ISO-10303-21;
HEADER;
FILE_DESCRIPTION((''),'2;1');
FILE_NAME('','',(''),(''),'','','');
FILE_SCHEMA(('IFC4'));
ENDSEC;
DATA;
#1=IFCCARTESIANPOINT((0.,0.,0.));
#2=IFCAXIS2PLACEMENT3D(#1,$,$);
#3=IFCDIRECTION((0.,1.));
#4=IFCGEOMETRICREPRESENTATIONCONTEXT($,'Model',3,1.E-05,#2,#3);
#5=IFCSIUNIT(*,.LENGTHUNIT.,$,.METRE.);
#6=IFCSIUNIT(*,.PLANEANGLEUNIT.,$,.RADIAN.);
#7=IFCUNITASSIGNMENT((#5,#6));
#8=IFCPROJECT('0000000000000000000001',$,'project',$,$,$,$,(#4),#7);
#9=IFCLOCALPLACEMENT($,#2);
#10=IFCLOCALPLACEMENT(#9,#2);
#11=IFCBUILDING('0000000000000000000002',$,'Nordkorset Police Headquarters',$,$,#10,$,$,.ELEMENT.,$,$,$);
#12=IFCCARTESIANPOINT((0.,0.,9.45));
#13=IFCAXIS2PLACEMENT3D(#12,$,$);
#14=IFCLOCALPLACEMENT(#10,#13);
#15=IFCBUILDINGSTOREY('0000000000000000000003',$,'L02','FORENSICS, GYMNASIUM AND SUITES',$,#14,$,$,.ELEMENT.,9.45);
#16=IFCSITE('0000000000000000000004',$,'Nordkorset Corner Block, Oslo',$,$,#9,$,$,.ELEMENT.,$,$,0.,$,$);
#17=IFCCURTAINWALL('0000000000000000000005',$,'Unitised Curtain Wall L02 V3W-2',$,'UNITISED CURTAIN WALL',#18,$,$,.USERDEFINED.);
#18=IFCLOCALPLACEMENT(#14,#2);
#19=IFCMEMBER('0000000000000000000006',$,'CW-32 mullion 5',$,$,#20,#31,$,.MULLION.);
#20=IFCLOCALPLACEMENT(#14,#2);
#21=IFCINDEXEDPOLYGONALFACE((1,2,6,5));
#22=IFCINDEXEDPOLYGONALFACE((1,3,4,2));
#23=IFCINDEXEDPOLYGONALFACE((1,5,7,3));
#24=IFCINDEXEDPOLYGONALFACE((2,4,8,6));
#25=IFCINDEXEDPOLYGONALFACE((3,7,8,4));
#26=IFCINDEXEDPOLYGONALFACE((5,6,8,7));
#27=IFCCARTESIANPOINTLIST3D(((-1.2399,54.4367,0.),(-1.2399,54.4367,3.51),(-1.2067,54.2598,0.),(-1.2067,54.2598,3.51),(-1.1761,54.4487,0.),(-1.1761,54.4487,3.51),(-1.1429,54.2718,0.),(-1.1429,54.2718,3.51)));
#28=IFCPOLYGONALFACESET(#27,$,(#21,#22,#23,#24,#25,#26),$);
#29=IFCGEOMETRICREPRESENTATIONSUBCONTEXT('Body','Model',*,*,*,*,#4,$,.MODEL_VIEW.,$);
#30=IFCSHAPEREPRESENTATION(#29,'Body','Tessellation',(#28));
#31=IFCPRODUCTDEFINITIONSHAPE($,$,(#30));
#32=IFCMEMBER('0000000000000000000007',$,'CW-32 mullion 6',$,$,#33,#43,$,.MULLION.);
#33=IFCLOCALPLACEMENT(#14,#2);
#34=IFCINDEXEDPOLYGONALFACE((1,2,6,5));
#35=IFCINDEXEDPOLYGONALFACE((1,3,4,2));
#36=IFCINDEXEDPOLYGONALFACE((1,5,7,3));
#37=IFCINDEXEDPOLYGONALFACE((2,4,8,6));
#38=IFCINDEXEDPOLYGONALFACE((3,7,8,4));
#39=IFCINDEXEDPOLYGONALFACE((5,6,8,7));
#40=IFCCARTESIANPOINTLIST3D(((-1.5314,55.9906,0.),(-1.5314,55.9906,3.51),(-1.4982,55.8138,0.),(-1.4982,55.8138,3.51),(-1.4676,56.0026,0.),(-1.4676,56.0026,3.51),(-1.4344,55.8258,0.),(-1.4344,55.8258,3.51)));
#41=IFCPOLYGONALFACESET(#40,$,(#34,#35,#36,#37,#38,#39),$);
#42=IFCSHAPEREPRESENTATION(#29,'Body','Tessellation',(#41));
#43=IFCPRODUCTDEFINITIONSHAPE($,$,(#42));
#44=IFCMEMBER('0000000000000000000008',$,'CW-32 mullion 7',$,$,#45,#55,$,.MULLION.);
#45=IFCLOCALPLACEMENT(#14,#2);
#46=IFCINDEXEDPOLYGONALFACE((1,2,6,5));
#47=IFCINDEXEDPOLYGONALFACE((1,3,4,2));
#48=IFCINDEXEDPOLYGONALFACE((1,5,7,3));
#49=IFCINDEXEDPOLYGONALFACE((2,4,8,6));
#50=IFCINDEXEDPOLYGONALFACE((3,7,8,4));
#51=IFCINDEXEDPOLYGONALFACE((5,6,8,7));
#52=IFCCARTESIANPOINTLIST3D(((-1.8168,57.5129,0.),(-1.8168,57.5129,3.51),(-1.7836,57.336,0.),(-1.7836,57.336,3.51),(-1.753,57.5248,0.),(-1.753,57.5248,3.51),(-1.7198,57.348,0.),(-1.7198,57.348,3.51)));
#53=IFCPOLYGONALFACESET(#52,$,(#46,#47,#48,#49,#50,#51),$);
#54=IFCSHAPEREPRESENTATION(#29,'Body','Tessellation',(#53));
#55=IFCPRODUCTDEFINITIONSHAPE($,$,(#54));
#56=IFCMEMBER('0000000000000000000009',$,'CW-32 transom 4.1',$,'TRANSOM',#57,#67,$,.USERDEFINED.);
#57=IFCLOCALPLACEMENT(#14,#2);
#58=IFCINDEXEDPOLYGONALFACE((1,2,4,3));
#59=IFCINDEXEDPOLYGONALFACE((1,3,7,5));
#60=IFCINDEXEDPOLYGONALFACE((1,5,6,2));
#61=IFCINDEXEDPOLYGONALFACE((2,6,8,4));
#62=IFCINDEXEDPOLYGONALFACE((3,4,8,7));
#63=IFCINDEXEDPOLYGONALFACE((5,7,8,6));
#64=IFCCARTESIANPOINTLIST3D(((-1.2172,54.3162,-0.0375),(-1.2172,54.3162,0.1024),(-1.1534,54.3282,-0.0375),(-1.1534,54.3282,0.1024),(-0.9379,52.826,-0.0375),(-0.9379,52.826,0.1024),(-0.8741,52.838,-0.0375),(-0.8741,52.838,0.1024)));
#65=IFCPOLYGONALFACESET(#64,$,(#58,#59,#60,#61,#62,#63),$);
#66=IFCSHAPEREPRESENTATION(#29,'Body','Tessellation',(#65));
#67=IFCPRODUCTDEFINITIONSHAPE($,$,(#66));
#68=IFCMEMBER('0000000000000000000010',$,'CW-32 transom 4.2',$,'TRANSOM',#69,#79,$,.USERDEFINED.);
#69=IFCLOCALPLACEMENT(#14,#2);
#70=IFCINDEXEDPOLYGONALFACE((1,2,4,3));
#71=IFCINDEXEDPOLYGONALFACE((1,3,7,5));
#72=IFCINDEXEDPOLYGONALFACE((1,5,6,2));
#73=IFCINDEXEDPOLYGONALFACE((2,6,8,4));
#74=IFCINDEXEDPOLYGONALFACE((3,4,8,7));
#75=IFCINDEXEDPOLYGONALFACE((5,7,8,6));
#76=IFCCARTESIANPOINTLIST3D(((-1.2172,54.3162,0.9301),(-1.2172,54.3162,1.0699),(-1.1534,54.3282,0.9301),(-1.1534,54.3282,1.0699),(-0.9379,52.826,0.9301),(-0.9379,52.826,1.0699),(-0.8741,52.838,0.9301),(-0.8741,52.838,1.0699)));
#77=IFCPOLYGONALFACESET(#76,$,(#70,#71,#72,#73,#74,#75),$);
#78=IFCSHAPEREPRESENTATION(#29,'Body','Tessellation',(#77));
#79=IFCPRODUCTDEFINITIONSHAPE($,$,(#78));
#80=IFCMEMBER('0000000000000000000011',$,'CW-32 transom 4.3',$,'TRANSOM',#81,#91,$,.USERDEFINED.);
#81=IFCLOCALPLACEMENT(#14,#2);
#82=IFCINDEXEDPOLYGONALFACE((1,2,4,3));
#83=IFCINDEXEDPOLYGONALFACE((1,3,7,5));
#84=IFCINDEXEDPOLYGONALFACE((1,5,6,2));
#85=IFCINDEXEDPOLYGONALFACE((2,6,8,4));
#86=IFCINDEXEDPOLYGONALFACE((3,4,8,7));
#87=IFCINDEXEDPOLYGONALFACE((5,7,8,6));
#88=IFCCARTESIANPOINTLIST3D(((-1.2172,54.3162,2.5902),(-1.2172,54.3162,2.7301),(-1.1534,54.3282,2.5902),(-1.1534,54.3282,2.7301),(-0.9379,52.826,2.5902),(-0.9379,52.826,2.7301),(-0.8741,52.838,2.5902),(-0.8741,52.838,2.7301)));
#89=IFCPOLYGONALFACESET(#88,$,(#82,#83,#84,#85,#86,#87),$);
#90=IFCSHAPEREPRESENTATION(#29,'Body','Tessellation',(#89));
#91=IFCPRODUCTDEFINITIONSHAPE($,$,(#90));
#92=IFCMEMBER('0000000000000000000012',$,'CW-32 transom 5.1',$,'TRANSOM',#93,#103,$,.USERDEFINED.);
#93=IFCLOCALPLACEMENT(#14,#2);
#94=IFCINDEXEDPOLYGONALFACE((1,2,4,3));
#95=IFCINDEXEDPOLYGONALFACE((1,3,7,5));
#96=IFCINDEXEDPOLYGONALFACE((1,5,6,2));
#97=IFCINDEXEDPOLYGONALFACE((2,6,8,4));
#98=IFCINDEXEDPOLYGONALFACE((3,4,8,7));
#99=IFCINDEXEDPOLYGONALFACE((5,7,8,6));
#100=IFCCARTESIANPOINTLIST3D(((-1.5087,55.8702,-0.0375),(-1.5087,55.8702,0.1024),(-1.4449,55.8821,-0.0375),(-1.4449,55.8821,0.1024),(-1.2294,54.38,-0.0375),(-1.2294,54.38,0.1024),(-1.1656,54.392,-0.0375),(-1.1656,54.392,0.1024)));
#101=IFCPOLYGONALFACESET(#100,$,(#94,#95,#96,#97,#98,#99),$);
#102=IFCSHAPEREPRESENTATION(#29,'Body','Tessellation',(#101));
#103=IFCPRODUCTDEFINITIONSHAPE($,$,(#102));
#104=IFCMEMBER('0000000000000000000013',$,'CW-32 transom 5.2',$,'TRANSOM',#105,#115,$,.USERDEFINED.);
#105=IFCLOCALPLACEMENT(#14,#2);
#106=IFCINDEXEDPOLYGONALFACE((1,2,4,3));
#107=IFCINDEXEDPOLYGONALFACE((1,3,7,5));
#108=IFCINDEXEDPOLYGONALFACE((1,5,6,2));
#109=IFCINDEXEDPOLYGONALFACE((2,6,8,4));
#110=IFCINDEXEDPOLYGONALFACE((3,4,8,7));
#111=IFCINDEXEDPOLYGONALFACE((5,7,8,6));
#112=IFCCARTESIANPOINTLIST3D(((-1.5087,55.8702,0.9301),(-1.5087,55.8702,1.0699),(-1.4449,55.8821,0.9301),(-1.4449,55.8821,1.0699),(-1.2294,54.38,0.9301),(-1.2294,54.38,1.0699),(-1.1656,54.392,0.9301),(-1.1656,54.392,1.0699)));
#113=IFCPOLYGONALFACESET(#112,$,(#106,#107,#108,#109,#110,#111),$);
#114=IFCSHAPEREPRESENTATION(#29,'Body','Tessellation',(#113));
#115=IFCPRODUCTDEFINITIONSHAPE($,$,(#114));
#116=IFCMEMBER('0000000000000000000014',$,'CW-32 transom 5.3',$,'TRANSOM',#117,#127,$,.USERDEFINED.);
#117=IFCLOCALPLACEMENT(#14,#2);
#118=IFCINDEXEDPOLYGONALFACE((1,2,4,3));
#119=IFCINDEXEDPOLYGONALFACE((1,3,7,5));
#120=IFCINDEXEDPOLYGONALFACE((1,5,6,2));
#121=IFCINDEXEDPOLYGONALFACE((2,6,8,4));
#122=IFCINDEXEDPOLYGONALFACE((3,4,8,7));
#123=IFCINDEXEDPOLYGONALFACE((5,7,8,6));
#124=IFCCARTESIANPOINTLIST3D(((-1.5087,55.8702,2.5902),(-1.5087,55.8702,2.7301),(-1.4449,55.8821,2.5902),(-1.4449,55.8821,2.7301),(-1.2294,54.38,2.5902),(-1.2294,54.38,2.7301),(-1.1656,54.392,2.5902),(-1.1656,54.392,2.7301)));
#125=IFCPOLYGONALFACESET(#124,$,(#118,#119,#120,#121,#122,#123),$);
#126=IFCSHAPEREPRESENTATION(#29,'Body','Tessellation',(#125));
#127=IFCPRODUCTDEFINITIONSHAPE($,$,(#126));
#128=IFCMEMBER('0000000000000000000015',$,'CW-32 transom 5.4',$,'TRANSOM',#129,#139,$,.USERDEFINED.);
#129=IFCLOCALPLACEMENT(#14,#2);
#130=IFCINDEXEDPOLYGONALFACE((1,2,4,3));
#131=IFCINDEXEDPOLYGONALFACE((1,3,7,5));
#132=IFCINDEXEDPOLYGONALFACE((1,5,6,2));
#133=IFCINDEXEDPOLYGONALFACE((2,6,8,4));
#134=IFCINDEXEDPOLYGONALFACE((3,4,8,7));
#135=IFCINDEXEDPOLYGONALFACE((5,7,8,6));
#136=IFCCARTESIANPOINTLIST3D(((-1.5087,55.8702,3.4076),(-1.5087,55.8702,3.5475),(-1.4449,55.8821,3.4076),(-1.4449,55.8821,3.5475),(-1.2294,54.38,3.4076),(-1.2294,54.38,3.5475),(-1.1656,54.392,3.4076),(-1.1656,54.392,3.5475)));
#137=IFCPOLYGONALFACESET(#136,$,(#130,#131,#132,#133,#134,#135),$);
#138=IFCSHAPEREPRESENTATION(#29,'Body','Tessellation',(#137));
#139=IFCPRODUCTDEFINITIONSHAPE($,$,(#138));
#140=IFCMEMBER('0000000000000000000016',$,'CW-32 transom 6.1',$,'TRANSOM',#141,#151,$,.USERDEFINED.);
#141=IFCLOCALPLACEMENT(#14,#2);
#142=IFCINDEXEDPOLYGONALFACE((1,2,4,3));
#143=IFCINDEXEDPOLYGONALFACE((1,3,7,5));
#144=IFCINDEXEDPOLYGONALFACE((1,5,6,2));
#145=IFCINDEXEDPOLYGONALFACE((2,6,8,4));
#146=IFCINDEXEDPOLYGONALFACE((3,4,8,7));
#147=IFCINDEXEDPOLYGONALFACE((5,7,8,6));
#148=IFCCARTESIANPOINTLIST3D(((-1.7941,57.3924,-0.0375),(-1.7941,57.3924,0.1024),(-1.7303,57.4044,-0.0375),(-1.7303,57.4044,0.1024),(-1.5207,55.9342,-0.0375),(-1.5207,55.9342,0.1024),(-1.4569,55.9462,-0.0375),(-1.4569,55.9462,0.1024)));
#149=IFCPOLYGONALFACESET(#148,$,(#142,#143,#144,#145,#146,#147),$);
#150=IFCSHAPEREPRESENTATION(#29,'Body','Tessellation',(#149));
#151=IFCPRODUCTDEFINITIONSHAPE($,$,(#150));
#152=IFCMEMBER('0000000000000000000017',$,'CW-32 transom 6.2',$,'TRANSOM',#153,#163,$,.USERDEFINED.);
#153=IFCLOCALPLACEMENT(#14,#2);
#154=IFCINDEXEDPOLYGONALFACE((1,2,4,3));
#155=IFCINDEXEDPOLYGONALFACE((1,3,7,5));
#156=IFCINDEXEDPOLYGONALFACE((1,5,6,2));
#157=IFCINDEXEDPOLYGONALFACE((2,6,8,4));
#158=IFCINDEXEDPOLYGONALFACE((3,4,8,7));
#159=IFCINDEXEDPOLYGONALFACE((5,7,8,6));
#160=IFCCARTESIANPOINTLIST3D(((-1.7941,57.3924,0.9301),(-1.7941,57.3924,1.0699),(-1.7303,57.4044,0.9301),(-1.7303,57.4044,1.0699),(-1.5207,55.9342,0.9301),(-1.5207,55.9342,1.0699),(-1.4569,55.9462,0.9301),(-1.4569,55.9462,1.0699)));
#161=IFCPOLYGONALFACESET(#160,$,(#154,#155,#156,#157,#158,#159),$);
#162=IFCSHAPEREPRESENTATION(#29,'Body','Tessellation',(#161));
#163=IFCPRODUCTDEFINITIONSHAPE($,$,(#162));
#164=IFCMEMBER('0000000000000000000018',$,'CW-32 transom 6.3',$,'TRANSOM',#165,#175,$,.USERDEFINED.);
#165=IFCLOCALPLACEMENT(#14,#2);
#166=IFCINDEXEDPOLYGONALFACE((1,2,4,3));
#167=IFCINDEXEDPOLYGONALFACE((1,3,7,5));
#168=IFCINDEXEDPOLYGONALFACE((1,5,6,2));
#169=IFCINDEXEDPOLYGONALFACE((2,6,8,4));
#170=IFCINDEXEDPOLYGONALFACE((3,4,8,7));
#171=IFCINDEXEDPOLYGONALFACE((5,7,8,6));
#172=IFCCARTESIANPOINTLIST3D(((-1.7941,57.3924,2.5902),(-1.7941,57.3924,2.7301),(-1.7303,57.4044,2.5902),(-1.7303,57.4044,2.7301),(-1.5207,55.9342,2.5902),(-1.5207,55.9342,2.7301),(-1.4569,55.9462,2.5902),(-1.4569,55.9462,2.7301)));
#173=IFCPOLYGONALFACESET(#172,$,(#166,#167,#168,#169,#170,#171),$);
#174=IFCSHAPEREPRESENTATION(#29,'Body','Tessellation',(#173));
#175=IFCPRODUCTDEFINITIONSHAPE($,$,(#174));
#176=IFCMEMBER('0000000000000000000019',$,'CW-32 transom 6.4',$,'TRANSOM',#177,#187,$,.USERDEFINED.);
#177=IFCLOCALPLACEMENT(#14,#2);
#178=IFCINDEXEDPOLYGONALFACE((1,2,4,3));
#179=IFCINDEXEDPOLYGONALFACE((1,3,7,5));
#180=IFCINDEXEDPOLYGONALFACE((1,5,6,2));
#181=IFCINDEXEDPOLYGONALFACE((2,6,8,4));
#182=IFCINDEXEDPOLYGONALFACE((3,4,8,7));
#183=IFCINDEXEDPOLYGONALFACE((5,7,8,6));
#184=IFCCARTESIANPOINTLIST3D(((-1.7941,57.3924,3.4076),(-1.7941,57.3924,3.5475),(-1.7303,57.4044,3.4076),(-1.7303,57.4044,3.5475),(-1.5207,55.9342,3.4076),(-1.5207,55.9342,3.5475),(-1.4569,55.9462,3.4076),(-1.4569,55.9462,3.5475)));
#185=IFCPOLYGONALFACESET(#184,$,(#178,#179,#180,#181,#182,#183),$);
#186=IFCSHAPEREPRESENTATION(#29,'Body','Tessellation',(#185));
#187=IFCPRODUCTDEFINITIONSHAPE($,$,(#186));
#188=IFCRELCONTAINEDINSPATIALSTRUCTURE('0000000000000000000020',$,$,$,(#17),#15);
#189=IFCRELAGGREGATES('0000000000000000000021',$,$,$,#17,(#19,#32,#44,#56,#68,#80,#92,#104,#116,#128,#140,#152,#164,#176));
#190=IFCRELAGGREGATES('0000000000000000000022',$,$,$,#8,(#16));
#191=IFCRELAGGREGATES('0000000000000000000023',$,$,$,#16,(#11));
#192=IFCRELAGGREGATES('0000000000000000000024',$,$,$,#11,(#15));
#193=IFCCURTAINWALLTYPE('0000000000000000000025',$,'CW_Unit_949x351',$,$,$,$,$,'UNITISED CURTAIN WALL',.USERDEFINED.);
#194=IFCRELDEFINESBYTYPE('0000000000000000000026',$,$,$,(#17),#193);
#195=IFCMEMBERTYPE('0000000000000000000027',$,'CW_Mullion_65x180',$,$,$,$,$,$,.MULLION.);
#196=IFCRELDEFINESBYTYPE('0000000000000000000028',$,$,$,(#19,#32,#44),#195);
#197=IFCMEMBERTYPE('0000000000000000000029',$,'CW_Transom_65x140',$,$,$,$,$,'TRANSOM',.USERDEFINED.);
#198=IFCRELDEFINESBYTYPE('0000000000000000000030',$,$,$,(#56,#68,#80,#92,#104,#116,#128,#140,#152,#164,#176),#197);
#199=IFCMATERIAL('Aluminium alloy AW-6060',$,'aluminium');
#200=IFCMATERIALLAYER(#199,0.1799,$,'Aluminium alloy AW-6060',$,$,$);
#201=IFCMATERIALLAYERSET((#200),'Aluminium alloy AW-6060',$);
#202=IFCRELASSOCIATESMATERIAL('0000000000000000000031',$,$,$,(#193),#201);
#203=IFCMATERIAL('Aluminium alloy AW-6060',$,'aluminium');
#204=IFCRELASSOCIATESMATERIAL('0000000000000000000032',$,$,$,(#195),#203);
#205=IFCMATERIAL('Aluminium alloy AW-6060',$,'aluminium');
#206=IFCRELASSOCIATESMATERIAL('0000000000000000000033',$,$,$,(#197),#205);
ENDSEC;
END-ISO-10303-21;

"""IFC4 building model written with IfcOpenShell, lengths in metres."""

from ifc_helpers import new_model, si_unit, direction, frame, origin, origin_2d, place, context, subcontext, project, spatial, rectangle, extrude, material, layer, layer_set, material_profile, profile_set, type_object, element, aggregate, save


model = new_model("IFC4")

# Units and contexts
model_context = context("Model", 3, precision=1e-05, world=origin(), true_north=direction((0.0, 1.0)))
body_context = subcontext(model_context, "Body", "Model", "MODEL_VIEW")
ifc_project = project(units=[si_unit("LENGTHUNIT", "METRE"), si_unit("PLANEANGLEUNIT", "RADIAN")], contexts=[model_context])

# Site, building, storey
site_placement = place(None, origin())
site = spatial("IfcSite", under=ifc_project, at=site_placement, Name="Nordkorset Corner Block, Oslo", CompositionType="ELEMENT", RefElevation=0.0)
building_placement = place(site_placement, origin())
building = spatial("IfcBuilding", under=site, at=building_placement, Name="Nordkorset Police Headquarters", CompositionType="ELEMENT")
storey_placement = place(building_placement, frame((0.0, 0.0, 9.45)))
storey = spatial("IfcBuildingStorey", under=building, at=storey_placement, Name="L02", Description="FORENSICS, GYMNASIUM AND SUITES", CompositionType="ELEMENT", Elevation=9.45)

# Curtain wall, members
ifc_material_1 = material(Name="Aluminium alloy AW-6060", Category="aluminium")
ifc_layer_1 = layer(ifc_material_1, 0.1799, Name="Aluminium alloy AW-6060")
ifc_layer_set_1 = layer_set([ifc_layer_1], Name="Aluminium alloy AW-6060")
curtain_wall_type = type_object("IfcCurtainWallType", Name="CW_Unit_949x351", ElementType="UNITISED CURTAIN WALL", PredefinedType="USERDEFINED", material=ifc_layer_set_1)
curtain_wall_placement = place(storey_placement, origin())
curtain_wall = element("IfcCurtainWall", 1, at=curtain_wall_placement, inside=storey, type_object=curtain_wall_type, Name="Unitised Curtain Wall L02 V3W-2", ObjectType="UNITISED CURTAIN WALL", PredefinedType="USERDEFINED")
ifc_material_2 = material(Name="Aluminium alloy AW-6060", Category="aluminium")
ifc_material_profile_1 = material_profile(ifc_material_2, rectangle(XDim=0.0649, YDim=0.1799, at=origin_2d()), Name="ALU MULL 65x180")
ifc_profile_set_1 = profile_set([ifc_material_profile_1], Name="Aluminium alloy AW-6060")
member_type_1 = type_object("IfcMemberType", Name="CW_Mullion_65x180", PredefinedType="MULLION", material=ifc_profile_set_1)
member_1_placement = place(storey_placement, frame((-1.1914, 54.3542, 0.0), z_axis=(0.0, 0.0, 1.0), x_axis=(-0.982872, -0.184289, 0.0)))
member_1 = element("IfcMember", 2, at=member_1_placement, type_object=member_type_1, Name="CW-32 mullion 5", PredefinedType="MULLION", context=body_context, shape_type="SweptSolid", body=[
    extrude(rectangle(XDim=0.0649, YDim=0.1799, at=origin_2d()), origin(), (0.0, 0.0, 1.0), 3.51),
])
member_2_placement = place(storey_placement, frame((-1.4829, 55.9082, 0.0), z_axis=(0.0, 0.0, 1.0), x_axis=(-0.982872, -0.184289, 0.0)))
member_2 = element("IfcMember", 3, at=member_2_placement, type_object=member_type_1, Name="CW-32 mullion 6", PredefinedType="MULLION", context=body_context, shape_type="SweptSolid", body=[
    extrude(rectangle(XDim=0.0649, YDim=0.1799, at=origin_2d()), origin(), (0.0, 0.0, 1.0), 3.51),
])
member_3_placement = place(storey_placement, frame((-1.7683, 57.4304, 0.0), z_axis=(0.0, 0.0, 1.0), x_axis=(-0.982872, -0.184289, 0.0)))
member_3 = element("IfcMember", 4, at=member_3_placement, type_object=member_type_1, Name="CW-32 mullion 7", PredefinedType="MULLION", context=body_context, shape_type="SweptSolid", body=[
    extrude(rectangle(XDim=0.0649, YDim=0.1799, at=origin_2d()), origin(), (0.0, 0.0, 1.0), 3.51),
])
ifc_material_3 = material(Name="Aluminium alloy AW-6060", Category="aluminium")
ifc_material_profile_2 = material_profile(ifc_material_3, rectangle(XDim=0.0649, YDim=0.1399, at=origin_2d()), Name="ALU TRAN 65x140")
ifc_profile_set_2 = profile_set([ifc_material_profile_2], Name="Aluminium alloy AW-6060")
member_type_2 = type_object("IfcMemberType", Name="CW_Transom_65x140", ElementType="TRANSOM", PredefinedType="USERDEFINED", material=ifc_profile_set_2)
member_4_placement = place(storey_placement, frame((-0.906, 52.832, 0.0325), z_axis=(-0.184211, 0.982887, 0.0), x_axis=(-0.982887, -0.184211, 0.0)))
member_4 = element("IfcMember", 5, at=member_4_placement, type_object=member_type_2, Name="CW-32 transom 4.1", ObjectType="TRANSOM", PredefinedType="USERDEFINED", context=body_context, shape_type="SweptSolid", body=[
    extrude(rectangle(XDim=0.0649, YDim=0.1399, at=origin_2d()), origin(), (0.0, 0.0, 1.0), 1.5161),
])
member_5_placement = place(storey_placement, frame((-0.906, 52.832, 1.0), z_axis=(-0.184211, 0.982887, 0.0), x_axis=(-0.982887, -0.184211, 0.0)))
member_5 = element("IfcMember", 6, at=member_5_placement, type_object=member_type_2, Name="CW-32 transom 4.2", ObjectType="TRANSOM", PredefinedType="USERDEFINED", context=body_context, shape_type="SweptSolid", body=[
    extrude(rectangle(XDim=0.0649, YDim=0.1399, at=origin_2d()), origin(), (0.0, 0.0, 1.0), 1.5161),
])
member_6_placement = place(storey_placement, frame((-0.906, 52.832, 2.6602), z_axis=(-0.184211, 0.982887, 0.0), x_axis=(-0.982887, -0.184211, 0.0)))
member_6 = element("IfcMember", 7, at=member_6_placement, type_object=member_type_2, Name="CW-32 transom 4.3", ObjectType="TRANSOM", PredefinedType="USERDEFINED", context=body_context, shape_type="SweptSolid", body=[
    extrude(rectangle(XDim=0.0649, YDim=0.1399, at=origin_2d()), origin(), (0.0, 0.0, 1.0), 1.5161),
])
member_7_placement = place(storey_placement, frame((-1.1975, 54.386, 0.0325), z_axis=(-0.184211, 0.982887, 0.0), x_axis=(-0.982887, -0.184211, 0.0)))
member_7 = element("IfcMember", 8, at=member_7_placement, type_object=member_type_2, Name="CW-32 transom 5.1", ObjectType="TRANSOM", PredefinedType="USERDEFINED", context=body_context, shape_type="SweptSolid", body=[
    extrude(rectangle(XDim=0.0649, YDim=0.1399, at=origin_2d()), origin(), (0.0, 0.0, 1.0), 1.5161),
])
member_8_placement = place(storey_placement, frame((-1.1975, 54.386, 1.0), z_axis=(-0.184211, 0.982887, 0.0), x_axis=(-0.982887, -0.184211, 0.0)))
member_8 = element("IfcMember", 9, at=member_8_placement, type_object=member_type_2, Name="CW-32 transom 5.2", ObjectType="TRANSOM", PredefinedType="USERDEFINED", context=body_context, shape_type="SweptSolid", body=[
    extrude(rectangle(XDim=0.0649, YDim=0.1399, at=origin_2d()), origin(), (0.0, 0.0, 1.0), 1.5161),
])
member_9_placement = place(storey_placement, frame((-1.1975, 54.386, 2.6602), z_axis=(-0.184211, 0.982887, 0.0), x_axis=(-0.982887, -0.184211, 0.0)))
member_9 = element("IfcMember", 10, at=member_9_placement, type_object=member_type_2, Name="CW-32 transom 5.3", ObjectType="TRANSOM", PredefinedType="USERDEFINED", context=body_context, shape_type="SweptSolid", body=[
    extrude(rectangle(XDim=0.0649, YDim=0.1399, at=origin_2d()), origin(), (0.0, 0.0, 1.0), 1.5161),
])
member_10_placement = place(storey_placement, frame((-1.1975, 54.386, 3.4775), z_axis=(-0.184211, 0.982887, 0.0), x_axis=(-0.982887, -0.184211, 0.0)))
member_10 = element("IfcMember", 11, at=member_10_placement, type_object=member_type_2, Name="CW-32 transom 5.4", ObjectType="TRANSOM", PredefinedType="USERDEFINED", context=body_context, shape_type="SweptSolid", body=[
    extrude(rectangle(XDim=0.0649, YDim=0.1399, at=origin_2d()), origin(), (0.0, 0.0, 1.0), 1.5161),
])
member_11_placement = place(storey_placement, frame((-1.4888, 55.9402, 0.0325), z_axis=(-0.184298, 0.98287, 0.0), x_axis=(-0.98287, -0.184298, 0.0)))
member_11 = element("IfcMember", 12, at=member_11_placement, type_object=member_type_2, Name="CW-32 transom 6.1", ObjectType="TRANSOM", PredefinedType="USERDEFINED", context=body_context, shape_type="SweptSolid", body=[
    extrude(rectangle(XDim=0.0649, YDim=0.1399, at=origin_2d()), origin(), (0.0, 0.0, 1.0), 1.4836),
])
member_12_placement = place(storey_placement, frame((-1.4888, 55.9402, 1.0), z_axis=(-0.184298, 0.98287, 0.0), x_axis=(-0.98287, -0.184298, 0.0)))
member_12 = element("IfcMember", 13, at=member_12_placement, type_object=member_type_2, Name="CW-32 transom 6.2", ObjectType="TRANSOM", PredefinedType="USERDEFINED", context=body_context, shape_type="SweptSolid", body=[
    extrude(rectangle(XDim=0.0649, YDim=0.1399, at=origin_2d()), origin(), (0.0, 0.0, 1.0), 1.4836),
])
member_13_placement = place(storey_placement, frame((-1.4888, 55.9402, 2.6602), z_axis=(-0.184298, 0.98287, 0.0), x_axis=(-0.98287, -0.184298, 0.0)))
member_13 = element("IfcMember", 14, at=member_13_placement, type_object=member_type_2, Name="CW-32 transom 6.3", ObjectType="TRANSOM", PredefinedType="USERDEFINED", context=body_context, shape_type="SweptSolid", body=[
    extrude(rectangle(XDim=0.0649, YDim=0.1399, at=origin_2d()), origin(), (0.0, 0.0, 1.0), 1.4836),
])
member_14_placement = place(storey_placement, frame((-1.4888, 55.9402, 3.4775), z_axis=(-0.184298, 0.98287, 0.0), x_axis=(-0.98287, -0.184298, 0.0)))
member_14 = element("IfcMember", 15, at=member_14_placement, type_object=member_type_2, Name="CW-32 transom 6.4", ObjectType="TRANSOM", PredefinedType="USERDEFINED", context=body_context, shape_type="SweptSolid", body=[
    extrude(rectangle(XDim=0.0649, YDim=0.1399, at=origin_2d()), origin(), (0.0, 0.0, 1.0), 1.4836),
])
aggregate(curtain_wall, [member_1, member_2, member_3, member_4, member_5, member_6, member_7, member_8, member_9, member_10, member_11, member_12, member_13, member_14])

save(model, "model.ifc")
